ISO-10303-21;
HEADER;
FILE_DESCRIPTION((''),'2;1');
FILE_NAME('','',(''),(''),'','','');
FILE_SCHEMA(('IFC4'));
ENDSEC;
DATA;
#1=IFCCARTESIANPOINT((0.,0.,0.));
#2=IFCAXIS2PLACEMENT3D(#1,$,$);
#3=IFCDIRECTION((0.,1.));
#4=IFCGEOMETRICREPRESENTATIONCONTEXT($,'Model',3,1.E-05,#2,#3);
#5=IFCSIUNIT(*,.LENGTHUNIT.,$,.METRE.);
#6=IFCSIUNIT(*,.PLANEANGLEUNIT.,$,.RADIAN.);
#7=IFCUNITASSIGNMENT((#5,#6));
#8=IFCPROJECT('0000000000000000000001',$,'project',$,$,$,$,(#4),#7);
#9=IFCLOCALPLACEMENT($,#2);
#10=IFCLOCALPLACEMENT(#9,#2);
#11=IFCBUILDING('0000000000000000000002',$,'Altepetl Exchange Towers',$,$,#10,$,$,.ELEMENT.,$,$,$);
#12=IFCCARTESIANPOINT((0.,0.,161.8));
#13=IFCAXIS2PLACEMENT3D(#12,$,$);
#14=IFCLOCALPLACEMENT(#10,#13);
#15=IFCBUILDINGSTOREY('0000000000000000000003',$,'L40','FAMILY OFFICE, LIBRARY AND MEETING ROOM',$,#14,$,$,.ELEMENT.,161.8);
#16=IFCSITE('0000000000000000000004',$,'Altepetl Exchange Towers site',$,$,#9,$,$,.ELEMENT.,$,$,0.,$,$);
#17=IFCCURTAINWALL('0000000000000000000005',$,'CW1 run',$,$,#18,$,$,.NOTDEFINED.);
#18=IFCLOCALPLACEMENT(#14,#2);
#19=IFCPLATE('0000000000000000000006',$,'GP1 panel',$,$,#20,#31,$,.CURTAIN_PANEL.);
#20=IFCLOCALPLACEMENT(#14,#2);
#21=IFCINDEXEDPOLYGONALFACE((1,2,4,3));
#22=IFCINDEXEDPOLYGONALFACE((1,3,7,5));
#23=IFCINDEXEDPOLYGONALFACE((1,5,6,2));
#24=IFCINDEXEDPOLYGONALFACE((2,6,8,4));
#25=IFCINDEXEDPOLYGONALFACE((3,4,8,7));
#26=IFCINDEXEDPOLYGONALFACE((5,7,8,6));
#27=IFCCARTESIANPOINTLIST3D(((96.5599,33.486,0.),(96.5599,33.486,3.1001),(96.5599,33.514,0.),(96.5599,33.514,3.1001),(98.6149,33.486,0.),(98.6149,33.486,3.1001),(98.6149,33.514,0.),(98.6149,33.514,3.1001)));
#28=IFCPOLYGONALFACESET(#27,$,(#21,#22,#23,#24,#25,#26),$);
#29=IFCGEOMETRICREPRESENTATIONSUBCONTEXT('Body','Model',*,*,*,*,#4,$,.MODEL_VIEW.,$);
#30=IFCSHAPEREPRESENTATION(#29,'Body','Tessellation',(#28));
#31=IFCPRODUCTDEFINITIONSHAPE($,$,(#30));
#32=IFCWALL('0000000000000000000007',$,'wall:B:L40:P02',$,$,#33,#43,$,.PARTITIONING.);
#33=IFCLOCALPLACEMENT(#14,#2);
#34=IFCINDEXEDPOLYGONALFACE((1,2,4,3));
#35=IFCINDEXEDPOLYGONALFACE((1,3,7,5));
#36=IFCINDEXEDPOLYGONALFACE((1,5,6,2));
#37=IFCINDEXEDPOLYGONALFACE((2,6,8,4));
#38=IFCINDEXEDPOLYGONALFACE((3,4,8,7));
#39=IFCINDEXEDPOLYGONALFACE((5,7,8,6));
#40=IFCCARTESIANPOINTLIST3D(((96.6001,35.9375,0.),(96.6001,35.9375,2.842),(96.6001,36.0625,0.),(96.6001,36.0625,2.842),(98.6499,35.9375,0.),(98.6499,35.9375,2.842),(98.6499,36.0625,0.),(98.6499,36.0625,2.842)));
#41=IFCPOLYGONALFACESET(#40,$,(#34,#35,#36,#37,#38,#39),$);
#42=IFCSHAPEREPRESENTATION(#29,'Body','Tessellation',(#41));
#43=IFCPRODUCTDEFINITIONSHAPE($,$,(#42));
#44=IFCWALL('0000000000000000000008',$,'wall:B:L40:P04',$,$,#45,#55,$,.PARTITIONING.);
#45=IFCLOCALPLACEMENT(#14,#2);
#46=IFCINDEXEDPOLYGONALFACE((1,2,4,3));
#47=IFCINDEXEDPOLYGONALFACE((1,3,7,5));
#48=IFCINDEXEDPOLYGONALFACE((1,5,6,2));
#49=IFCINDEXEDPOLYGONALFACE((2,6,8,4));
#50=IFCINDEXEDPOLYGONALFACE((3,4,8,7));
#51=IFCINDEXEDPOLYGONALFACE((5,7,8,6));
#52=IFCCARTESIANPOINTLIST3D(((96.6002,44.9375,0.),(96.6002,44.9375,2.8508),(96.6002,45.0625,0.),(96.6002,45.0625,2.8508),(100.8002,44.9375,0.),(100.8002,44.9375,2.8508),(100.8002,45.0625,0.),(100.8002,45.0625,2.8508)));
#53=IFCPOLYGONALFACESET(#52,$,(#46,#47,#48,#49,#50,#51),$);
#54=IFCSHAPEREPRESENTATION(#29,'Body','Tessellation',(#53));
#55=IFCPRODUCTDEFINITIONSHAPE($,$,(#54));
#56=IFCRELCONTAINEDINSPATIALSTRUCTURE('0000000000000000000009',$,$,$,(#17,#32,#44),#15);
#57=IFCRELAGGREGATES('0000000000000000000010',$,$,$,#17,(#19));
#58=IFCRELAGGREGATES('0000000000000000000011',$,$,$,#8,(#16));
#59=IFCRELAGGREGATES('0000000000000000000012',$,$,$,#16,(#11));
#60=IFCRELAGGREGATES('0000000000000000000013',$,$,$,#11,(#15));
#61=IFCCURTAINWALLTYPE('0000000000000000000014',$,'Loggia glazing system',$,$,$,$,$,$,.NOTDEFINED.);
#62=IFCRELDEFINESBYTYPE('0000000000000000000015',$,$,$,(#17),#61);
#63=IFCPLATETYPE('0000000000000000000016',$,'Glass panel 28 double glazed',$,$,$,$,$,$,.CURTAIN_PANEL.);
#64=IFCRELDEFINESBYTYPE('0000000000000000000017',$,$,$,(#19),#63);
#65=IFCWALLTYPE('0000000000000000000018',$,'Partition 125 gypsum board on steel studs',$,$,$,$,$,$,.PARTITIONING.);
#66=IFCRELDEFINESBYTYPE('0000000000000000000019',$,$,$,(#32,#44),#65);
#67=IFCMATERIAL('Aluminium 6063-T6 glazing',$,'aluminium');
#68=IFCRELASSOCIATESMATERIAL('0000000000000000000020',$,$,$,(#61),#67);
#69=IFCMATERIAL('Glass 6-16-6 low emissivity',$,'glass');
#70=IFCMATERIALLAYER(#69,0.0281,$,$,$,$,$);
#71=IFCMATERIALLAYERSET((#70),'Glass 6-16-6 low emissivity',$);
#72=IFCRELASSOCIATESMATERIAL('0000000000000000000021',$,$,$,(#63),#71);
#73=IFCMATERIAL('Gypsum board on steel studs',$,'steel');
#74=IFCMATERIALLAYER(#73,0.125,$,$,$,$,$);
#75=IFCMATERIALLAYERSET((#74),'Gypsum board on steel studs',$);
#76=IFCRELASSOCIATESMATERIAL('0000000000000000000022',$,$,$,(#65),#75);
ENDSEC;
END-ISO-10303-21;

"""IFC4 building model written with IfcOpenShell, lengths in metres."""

from ifc_helpers import new_model, si_unit, direction, frame, frame_2d, origin, origin_2d, place, context, subcontext, project, spatial, rectangle, extrude, material, layer, layer_set, type_object, element, aggregate, save


model = new_model("IFC4")

# Units and contexts
model_context = context("Model", 3, precision=1e-05, world=origin(), true_north=direction((0.0, 1.0)))
body_context = subcontext(model_context, "Body", "Model", "MODEL_VIEW")
ifc_project = project(units=[si_unit("LENGTHUNIT", "METRE"), si_unit("PLANEANGLEUNIT", "RADIAN")], contexts=[model_context])

# Site, building, storey
site_placement = place(None, origin())
site = spatial("IfcSite", under=ifc_project, at=site_placement, Name="Altepetl Exchange Towers site", CompositionType="ELEMENT", RefElevation=0.0)
building_placement = place(site_placement, origin())
building = spatial("IfcBuilding", under=site, at=building_placement, Name="Altepetl Exchange Towers", CompositionType="ELEMENT")
storey_placement = place(building_placement, frame((0.0, 0.0, 161.8)))
storey = spatial("IfcBuildingStorey", under=building, at=storey_placement, Name="L40", Description="FAMILY OFFICE, LIBRARY AND MEETING ROOM", CompositionType="ELEMENT", Elevation=161.8)

# Curtain wall
ifc_material_1 = material(Name="Aluminium 6063-T6 glazing", Category="aluminium")
curtain_wall_type = type_object("IfcCurtainWallType", Name="Loggia glazing system", PredefinedType="NOTDEFINED", material=ifc_material_1)
curtain_wall_1_placement = place(storey_placement, origin())
curtain_wall_1 = element("IfcCurtainWall", 1, at=curtain_wall_1_placement, inside=storey, type_object=curtain_wall_type, Name="CW1 run", PredefinedType="NOTDEFINED")

# Plate
ifc_material_2 = material(Name="Glass 6-16-6 low emissivity", Category="glass")
ifc_layer_1 = layer(ifc_material_2, 0.0281)
ifc_layer_set_1 = layer_set([ifc_layer_1], Name="Glass 6-16-6 low emissivity")
plate_type = type_object("IfcPlateType", Name="Glass panel 28 double glazed", PredefinedType="CURTAIN_PANEL", material=ifc_layer_set_1)
plate_1_placement = place(storey_placement, frame((97.5874, 33.5, 0.0)))
plate_1 = element("IfcPlate", 2, at=plate_1_placement, type_object=plate_type, Name="GP1 panel", PredefinedType="CURTAIN_PANEL", context=body_context, shape_type="SweptSolid", body=[
    extrude(rectangle(XDim=2.0549, YDim=0.0281, at=origin_2d()), origin(), (0.0, 0.0, 1.0), 3.1001),
])
aggregate(curtain_wall_1, [plate_1])

# Walls
ifc_material_3 = material(Name="Gypsum board on steel studs", Category="steel")
ifc_layer_2 = layer(ifc_material_3, 0.125)
ifc_layer_set_2 = layer_set([ifc_layer_2], Name="Gypsum board on steel studs")
wall_type = type_object("IfcWallType", Name="Partition 125 gypsum board on steel studs", PredefinedType="PARTITIONING", material=ifc_layer_set_2)
wall_1_placement = place(storey_placement, frame((96.6001, 36.0, 0.0)))
element("IfcWall", 3, at=wall_1_placement, inside=storey, type_object=wall_type, Name="wall:B:L40:P02", PredefinedType="PARTITIONING", context=body_context, shape_type="SweptSolid", body=[
    extrude(rectangle(XDim=2.0498, YDim=0.125, at=frame_2d((1.0249, 0.0))), origin(), (0.0, 0.0, 1.0), 2.842),
])
wall_2_placement = place(storey_placement, frame((96.6001, 45.0, 0.0)))
element("IfcWall", 4, at=wall_2_placement, inside=storey, type_object=wall_type, Name="wall:B:L40:P04", PredefinedType="PARTITIONING", context=body_context, shape_type="SweptSolid", body=[
    extrude(rectangle(XDim=4.2, YDim=0.125, at=frame_2d((2.1001, 0.0))), origin(), (0.0, 0.0, 1.0), 2.8508),
])

save(model, "model.ifc")
